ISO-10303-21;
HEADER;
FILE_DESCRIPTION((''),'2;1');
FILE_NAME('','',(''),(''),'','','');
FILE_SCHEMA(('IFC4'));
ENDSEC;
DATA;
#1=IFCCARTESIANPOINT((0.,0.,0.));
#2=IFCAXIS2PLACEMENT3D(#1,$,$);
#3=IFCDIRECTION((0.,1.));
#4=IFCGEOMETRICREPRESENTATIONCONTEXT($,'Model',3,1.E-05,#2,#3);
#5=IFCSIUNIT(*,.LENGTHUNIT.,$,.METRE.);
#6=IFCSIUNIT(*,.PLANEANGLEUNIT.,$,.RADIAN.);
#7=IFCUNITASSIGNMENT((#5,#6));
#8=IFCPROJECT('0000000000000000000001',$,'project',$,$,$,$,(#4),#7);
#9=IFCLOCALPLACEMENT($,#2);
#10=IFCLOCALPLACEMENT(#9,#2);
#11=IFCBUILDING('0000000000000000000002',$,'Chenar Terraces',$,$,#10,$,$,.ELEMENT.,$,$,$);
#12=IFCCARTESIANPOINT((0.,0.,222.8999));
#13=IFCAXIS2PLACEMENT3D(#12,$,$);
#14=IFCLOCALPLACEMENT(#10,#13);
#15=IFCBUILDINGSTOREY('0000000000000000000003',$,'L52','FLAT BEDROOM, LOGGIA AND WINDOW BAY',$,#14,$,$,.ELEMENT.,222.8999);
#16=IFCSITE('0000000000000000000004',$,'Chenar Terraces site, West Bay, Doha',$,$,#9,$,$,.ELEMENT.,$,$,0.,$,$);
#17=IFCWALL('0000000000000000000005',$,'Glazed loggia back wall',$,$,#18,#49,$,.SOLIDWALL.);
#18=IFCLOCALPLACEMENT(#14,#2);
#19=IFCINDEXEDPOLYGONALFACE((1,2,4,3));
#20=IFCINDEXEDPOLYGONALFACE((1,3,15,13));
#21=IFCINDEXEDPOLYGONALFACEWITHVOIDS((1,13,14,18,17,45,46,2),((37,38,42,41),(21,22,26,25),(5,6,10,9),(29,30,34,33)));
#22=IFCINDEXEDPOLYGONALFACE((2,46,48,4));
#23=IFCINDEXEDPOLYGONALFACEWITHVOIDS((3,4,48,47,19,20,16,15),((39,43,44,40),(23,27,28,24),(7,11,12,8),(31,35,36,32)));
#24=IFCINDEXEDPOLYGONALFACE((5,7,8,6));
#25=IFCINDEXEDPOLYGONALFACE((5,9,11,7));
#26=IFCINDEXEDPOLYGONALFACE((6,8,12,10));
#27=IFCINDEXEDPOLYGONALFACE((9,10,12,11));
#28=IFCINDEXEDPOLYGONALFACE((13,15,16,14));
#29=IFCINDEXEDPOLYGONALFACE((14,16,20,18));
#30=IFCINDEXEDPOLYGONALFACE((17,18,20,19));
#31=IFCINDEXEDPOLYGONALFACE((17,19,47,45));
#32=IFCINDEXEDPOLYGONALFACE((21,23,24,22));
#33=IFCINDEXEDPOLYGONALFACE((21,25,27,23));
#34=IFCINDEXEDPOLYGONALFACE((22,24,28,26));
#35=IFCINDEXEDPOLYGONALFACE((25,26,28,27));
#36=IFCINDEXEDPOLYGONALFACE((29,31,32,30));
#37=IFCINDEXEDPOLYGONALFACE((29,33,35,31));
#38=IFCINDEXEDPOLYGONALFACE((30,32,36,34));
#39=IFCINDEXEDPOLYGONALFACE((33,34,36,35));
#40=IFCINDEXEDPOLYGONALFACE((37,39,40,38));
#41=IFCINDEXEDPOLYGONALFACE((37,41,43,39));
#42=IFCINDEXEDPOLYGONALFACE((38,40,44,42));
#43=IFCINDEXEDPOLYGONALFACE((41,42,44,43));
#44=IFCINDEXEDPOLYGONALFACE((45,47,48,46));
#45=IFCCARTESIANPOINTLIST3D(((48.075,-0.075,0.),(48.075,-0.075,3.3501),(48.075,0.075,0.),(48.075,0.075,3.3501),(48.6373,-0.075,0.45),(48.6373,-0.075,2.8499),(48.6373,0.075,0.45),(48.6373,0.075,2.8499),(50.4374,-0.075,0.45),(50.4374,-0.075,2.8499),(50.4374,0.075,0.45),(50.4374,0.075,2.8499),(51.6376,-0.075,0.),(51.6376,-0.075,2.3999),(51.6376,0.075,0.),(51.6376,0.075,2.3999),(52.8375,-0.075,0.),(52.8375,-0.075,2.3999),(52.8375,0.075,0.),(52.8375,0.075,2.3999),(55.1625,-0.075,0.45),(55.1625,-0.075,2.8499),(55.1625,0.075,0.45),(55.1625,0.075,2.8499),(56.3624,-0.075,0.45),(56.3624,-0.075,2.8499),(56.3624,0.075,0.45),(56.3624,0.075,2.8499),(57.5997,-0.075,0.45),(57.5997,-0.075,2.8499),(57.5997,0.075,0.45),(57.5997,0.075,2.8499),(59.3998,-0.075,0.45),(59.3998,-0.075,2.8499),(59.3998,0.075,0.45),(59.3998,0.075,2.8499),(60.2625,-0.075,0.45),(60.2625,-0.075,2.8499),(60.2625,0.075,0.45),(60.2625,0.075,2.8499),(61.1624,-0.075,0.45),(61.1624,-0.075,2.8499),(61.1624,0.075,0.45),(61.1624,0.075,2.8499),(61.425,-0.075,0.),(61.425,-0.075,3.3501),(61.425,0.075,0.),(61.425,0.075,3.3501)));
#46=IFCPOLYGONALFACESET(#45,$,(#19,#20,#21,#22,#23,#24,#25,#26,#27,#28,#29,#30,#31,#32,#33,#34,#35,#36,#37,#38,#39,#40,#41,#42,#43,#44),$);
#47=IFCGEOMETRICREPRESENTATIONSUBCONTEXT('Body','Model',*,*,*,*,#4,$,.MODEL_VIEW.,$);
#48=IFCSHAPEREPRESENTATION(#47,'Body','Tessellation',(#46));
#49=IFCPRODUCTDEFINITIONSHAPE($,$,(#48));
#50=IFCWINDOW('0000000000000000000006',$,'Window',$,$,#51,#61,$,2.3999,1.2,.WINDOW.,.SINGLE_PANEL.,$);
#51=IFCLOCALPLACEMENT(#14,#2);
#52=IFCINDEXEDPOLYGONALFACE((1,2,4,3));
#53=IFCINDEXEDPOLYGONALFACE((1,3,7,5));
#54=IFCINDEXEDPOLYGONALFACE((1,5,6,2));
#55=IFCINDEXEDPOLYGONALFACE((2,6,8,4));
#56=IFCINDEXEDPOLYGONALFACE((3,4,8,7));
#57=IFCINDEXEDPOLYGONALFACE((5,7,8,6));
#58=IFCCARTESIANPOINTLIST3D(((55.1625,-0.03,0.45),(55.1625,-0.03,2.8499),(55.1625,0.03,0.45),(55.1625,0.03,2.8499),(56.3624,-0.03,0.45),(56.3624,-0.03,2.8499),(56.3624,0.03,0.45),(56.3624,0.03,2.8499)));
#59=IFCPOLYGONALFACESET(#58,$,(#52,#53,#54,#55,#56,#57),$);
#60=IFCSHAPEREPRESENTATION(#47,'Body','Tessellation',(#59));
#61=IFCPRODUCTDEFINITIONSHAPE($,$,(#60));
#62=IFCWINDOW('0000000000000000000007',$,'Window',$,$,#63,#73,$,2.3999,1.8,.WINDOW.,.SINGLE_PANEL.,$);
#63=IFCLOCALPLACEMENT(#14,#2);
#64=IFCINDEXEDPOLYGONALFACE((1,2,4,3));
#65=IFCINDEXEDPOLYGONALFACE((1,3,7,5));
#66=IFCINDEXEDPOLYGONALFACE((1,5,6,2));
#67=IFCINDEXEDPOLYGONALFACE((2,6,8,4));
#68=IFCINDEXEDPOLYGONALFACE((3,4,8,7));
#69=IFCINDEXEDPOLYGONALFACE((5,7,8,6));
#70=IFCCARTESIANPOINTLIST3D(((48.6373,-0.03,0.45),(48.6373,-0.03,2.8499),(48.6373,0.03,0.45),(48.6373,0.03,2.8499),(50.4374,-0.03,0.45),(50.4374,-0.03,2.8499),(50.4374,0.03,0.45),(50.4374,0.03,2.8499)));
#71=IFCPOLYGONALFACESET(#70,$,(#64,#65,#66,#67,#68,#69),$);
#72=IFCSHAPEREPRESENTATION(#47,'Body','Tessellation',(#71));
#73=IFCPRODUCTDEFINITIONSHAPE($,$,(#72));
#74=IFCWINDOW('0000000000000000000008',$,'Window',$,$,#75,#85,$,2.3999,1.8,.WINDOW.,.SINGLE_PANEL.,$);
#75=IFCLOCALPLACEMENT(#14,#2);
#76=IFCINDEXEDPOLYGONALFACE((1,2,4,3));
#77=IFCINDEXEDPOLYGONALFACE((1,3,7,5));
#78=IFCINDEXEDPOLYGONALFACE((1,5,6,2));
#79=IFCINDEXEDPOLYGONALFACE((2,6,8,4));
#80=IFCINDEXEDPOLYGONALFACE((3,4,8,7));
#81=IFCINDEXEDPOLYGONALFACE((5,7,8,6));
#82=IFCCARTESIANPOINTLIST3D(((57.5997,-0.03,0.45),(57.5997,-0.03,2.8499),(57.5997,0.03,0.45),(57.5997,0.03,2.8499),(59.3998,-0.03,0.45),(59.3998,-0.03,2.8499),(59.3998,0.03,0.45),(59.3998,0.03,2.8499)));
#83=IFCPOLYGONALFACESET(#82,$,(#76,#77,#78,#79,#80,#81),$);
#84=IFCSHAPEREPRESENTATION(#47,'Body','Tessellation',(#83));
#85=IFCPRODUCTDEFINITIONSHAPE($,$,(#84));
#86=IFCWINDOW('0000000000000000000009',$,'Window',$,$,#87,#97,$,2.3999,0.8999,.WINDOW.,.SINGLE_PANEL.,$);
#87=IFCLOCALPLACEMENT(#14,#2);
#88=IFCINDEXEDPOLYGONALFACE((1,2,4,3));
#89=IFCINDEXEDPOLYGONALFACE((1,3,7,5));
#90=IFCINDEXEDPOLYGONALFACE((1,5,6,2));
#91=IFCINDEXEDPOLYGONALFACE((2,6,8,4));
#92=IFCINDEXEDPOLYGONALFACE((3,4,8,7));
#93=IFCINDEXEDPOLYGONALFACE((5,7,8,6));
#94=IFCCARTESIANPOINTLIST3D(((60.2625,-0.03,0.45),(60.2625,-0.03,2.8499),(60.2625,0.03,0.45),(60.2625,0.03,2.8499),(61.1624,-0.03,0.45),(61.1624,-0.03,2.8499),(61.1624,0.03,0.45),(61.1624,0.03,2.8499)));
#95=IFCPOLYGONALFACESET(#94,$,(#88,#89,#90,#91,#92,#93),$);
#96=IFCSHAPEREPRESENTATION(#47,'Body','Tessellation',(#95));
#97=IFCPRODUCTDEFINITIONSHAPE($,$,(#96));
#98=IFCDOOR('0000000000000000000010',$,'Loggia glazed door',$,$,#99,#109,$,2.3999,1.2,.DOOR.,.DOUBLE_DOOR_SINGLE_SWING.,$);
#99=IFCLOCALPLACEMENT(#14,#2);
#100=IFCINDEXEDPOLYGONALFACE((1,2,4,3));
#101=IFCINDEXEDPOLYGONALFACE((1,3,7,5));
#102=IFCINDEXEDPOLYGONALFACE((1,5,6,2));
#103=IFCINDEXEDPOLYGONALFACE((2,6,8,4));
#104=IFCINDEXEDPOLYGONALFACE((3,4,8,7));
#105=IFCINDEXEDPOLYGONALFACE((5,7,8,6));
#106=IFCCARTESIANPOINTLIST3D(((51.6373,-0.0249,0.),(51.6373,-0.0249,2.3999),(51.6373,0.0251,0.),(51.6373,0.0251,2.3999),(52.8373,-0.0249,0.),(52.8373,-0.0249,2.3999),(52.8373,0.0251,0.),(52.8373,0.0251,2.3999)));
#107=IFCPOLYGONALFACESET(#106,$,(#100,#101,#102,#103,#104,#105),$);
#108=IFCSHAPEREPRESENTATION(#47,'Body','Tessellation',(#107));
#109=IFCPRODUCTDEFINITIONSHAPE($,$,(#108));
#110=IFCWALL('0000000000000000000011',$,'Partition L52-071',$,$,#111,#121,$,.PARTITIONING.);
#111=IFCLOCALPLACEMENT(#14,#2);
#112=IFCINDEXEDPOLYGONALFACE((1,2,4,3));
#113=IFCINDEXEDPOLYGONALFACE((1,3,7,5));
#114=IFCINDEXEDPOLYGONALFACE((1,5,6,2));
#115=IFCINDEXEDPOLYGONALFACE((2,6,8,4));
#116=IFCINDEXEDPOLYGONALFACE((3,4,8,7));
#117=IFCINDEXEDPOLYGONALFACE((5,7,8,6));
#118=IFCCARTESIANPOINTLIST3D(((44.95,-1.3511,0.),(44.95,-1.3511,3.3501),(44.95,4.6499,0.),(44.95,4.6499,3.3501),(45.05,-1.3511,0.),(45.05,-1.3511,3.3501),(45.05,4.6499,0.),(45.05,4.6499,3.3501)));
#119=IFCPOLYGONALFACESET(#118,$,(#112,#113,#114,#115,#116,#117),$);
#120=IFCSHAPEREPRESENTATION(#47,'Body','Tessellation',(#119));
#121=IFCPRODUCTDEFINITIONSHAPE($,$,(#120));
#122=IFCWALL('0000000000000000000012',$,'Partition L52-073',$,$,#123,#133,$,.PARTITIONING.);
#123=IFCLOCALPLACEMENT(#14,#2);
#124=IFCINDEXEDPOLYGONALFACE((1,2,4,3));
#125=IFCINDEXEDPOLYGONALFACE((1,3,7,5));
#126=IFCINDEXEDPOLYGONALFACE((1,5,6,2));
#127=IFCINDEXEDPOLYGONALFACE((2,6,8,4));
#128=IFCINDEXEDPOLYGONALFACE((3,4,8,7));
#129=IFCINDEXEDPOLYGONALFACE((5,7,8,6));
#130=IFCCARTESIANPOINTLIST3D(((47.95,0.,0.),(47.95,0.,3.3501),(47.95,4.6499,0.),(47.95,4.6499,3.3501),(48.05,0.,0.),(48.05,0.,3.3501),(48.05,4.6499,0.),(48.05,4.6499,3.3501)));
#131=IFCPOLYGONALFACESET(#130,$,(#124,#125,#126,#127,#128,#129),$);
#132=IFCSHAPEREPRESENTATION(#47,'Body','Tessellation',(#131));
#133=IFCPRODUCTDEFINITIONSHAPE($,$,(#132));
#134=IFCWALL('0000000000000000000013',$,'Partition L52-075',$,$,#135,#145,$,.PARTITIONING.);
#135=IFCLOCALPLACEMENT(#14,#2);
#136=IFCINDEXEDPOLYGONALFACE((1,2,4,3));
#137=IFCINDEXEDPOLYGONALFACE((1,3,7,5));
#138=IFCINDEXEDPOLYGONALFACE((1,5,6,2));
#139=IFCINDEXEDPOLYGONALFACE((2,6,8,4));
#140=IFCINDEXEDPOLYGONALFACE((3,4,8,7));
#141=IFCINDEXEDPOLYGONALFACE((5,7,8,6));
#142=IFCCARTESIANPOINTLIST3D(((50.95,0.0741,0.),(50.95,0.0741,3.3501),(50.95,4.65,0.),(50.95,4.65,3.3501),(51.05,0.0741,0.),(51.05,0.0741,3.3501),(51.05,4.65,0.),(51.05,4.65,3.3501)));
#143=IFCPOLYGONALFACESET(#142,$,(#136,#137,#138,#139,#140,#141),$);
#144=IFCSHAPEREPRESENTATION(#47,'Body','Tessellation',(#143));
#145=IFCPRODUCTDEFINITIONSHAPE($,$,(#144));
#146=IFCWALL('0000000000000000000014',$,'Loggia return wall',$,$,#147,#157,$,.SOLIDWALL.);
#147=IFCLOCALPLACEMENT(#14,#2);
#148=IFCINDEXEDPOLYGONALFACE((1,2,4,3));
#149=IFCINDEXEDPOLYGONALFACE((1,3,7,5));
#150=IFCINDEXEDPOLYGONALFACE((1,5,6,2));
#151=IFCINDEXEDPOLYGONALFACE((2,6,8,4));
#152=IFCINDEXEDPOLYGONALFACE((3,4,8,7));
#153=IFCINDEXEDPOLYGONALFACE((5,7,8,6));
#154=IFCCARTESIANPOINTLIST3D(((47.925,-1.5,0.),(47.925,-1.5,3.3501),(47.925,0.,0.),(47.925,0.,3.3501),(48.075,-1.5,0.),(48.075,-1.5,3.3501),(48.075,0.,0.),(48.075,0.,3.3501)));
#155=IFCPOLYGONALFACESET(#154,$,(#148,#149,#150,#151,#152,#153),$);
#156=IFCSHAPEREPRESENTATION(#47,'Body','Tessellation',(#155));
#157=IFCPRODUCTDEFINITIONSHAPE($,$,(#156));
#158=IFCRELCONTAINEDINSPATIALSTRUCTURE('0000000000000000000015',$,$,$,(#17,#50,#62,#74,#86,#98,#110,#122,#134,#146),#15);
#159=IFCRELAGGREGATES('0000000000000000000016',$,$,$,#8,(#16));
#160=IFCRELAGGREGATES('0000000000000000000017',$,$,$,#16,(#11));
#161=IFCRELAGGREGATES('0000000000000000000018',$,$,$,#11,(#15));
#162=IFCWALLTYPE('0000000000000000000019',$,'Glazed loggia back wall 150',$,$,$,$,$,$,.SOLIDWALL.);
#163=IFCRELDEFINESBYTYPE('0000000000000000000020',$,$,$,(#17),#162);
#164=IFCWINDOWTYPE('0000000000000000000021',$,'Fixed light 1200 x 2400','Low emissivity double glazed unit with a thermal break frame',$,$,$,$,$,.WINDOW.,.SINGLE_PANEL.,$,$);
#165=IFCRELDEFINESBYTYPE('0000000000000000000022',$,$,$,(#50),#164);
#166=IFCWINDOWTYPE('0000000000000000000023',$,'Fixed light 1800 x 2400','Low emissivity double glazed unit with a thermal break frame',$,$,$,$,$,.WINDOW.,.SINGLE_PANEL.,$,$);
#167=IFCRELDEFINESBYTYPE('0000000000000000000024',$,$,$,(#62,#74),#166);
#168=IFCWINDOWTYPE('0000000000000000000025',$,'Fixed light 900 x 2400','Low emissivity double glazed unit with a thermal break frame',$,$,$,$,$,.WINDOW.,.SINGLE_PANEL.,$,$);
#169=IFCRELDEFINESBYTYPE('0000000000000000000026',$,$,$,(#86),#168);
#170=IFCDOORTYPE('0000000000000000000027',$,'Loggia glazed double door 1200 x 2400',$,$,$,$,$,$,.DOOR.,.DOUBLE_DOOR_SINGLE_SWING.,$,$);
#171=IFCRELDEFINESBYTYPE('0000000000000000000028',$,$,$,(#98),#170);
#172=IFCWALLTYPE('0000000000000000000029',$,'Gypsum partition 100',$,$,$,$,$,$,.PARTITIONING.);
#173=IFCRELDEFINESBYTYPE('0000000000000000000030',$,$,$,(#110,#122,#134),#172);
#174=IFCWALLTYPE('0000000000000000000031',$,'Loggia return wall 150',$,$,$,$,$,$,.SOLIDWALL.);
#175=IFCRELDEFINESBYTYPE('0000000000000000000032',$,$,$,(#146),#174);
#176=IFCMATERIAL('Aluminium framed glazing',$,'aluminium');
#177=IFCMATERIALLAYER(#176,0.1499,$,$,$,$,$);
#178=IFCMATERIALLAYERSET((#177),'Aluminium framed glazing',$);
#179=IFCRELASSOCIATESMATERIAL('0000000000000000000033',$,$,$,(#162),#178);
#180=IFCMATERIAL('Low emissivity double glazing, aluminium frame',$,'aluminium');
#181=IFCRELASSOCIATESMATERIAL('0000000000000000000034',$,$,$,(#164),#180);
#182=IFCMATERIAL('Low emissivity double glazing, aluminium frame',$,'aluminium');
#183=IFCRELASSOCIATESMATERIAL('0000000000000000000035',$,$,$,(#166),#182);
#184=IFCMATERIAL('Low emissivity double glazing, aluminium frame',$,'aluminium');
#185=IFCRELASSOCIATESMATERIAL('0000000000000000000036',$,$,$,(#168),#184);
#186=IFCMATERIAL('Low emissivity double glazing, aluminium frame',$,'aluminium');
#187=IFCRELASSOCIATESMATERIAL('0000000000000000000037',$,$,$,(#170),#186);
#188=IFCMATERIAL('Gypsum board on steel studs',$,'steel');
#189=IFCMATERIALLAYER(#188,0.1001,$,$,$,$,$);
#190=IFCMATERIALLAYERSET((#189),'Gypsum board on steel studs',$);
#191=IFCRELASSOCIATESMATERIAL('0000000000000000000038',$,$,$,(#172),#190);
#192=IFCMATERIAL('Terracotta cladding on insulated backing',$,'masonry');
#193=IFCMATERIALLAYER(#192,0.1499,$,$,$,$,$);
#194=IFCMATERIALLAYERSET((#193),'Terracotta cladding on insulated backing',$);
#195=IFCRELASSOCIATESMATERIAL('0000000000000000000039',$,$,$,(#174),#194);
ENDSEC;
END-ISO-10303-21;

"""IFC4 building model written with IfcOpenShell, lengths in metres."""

from ifc_helpers import new_model, si_unit, direction, frame, frame_2d, origin, place, context, subcontext, project, spatial, rectangle, extrude, material, layer, layer_set, type_object, element, fill, save


model = new_model("IFC4")

# Units and contexts
model_context = context("Model", 3, precision=1e-05, world=origin(), true_north=direction((0.0, 1.0)))
body_context = subcontext(model_context, "Body", "Model", "MODEL_VIEW")
ifc_project = project(units=[si_unit("LENGTHUNIT", "METRE"), si_unit("PLANEANGLEUNIT", "RADIAN")], contexts=[model_context])

# Site, building, storey
site_placement = place(None, origin())
site = spatial("IfcSite", under=ifc_project, at=site_placement, Name="Chenar Terraces site, West Bay, Doha", CompositionType="ELEMENT", RefElevation=0.0)
building_placement = place(site_placement, origin())
building = spatial("IfcBuilding", under=site, at=building_placement, Name="Chenar Terraces", CompositionType="ELEMENT")
storey_placement = place(building_placement, frame((0.0, 0.0, 222.8999)))
storey = spatial("IfcBuildingStorey", under=building, at=storey_placement, Name="L52", Description="FLAT BEDROOM, LOGGIA AND WINDOW BAY", CompositionType="ELEMENT", Elevation=222.8999)

# Wall, openings, windows, door
ifc_material_1 = material(Name="Aluminium framed glazing", Category="aluminium")
ifc_layer_1 = layer(ifc_material_1, 0.1499)
ifc_layer_set_1 = layer_set([ifc_layer_1], Name="Aluminium framed glazing")
wall_type_1 = type_object("IfcWallType", Name="Glazed loggia back wall 150", PredefinedType="SOLIDWALL", material=ifc_layer_set_1)
wall_1_placement = place(storey_placement, frame((48.075, 0.0, 0.0), z_axis=(0.0, 0.0, 1.0), x_axis=(1.0, 0.0, 0.0)))
wall_1 = element("IfcWall", 1, at=wall_1_placement, inside=storey, type_object=wall_type_1, Name="Glazed loggia back wall", PredefinedType="SOLIDWALL", context=body_context, shape_type="SweptSolid", body=[
    extrude(rectangle(XDim=13.3501, YDim=0.1499, at=frame_2d((6.675, 0.0))), origin(), (0.0, 0.0, 1.0), 3.3501),
])
opening_1_placement = place(wall_1_placement, frame((0.5625, 0.0, 0.45)))
opening_1 = element("IfcOpeningElement", 2, at=opening_1_placement, cuts=wall_1, PredefinedType="OPENING", context=body_context, shape_type="SweptSolid", body=[
    extrude(rectangle(XDim=1.8, YDim=2.3999, at=frame_2d((0.8999, 1.2))), frame((0.0, 0.085, 0.0), z_axis=(0.0, -1.0, 0.0), x_axis=(1.0, 0.0, 0.0)), (0.0, 0.0, 1.0), 0.1699),
])
opening_2_placement = place(wall_1_placement, frame((3.5625, 0.0, 0.0)))
opening_2 = element("IfcOpeningElement", 3, at=opening_2_placement, cuts=wall_1, PredefinedType="OPENING", context=body_context, shape_type="SweptSolid", body=[
    extrude(rectangle(XDim=1.2, YDim=2.3999, at=frame_2d((0.6001, 1.2))), frame((0.0, 0.085, 0.0), z_axis=(0.0, -1.0, 0.0), x_axis=(1.0, 0.0, 0.0)), (0.0, 0.0, 1.0), 0.1699),
])
opening_3_placement = place(wall_1_placement, frame((7.0874, 0.0, 0.45)))
opening_3 = element("IfcOpeningElement", 4, at=opening_3_placement, cuts=wall_1, PredefinedType="OPENING", context=body_context, shape_type="SweptSolid", body=[
    extrude(rectangle(XDim=1.2, YDim=2.3999, at=frame_2d((0.6001, 1.2))), frame((0.0, 0.085, 0.0), z_axis=(0.0, -1.0, 0.0), x_axis=(1.0, 0.0, 0.0)), (0.0, 0.0, 1.0), 0.1699),
])
opening_4_placement = place(wall_1_placement, frame((9.5249, 0.0, 0.45)))
opening_4 = element("IfcOpeningElement", 5, at=opening_4_placement, cuts=wall_1, PredefinedType="OPENING", context=body_context, shape_type="SweptSolid", body=[
    extrude(rectangle(XDim=1.8, YDim=2.3999, at=frame_2d((0.8999, 1.2))), frame((0.0, 0.085, 0.0), z_axis=(0.0, -1.0, 0.0), x_axis=(1.0, 0.0, 0.0)), (0.0, 0.0, 1.0), 0.1699),
])
opening_5_placement = place(wall_1_placement, frame((12.1875, 0.0, 0.45)))
opening_5 = element("IfcOpeningElement", 6, at=opening_5_placement, cuts=wall_1, PredefinedType="OPENING", context=body_context, shape_type="SweptSolid", body=[
    extrude(rectangle(XDim=0.8999, YDim=2.3999, at=frame_2d((0.45, 1.2))), frame((0.0, 0.085, 0.0), z_axis=(0.0, -1.0, 0.0), x_axis=(1.0, 0.0, 0.0)), (0.0, 0.0, 1.0), 0.1699),
])
ifc_material_2 = material(Name="Low emissivity double glazing, aluminium frame", Category="aluminium")
window_type_1 = type_object("IfcWindowType", Name="Fixed light 1200 x 2400", Description="Low emissivity double glazed unit with a thermal break frame", PartitioningType="SINGLE_PANEL", PredefinedType="WINDOW", material=ifc_material_2)
window_1_placement = place(opening_3_placement, origin())
window_1 = element("IfcWindow", 7, at=window_1_placement, inside=storey, type_object=window_type_1, Name="Window", OverallHeight=2.3999, OverallWidth=1.2, PartitioningType="SINGLE_PANEL", PredefinedType="WINDOW", context=body_context, shape_type="SweptSolid", body=[
    extrude(rectangle(XDim=1.2, YDim=2.3999, at=frame_2d((0.6001, 1.2))), frame((0.0, 0.03, 0.0), z_axis=(0.0, -1.0, 0.0), x_axis=(1.0, 0.0, 0.0)), (0.0, 0.0, 1.0), 0.0601),
])
fill(opening_3, window_1)
ifc_material_3 = material(Name="Low emissivity double glazing, aluminium frame", Category="aluminium")
window_type_2 = type_object("IfcWindowType", Name="Fixed light 1800 x 2400", Description="Low emissivity double glazed unit with a thermal break frame", PartitioningType="SINGLE_PANEL", PredefinedType="WINDOW", material=ifc_material_3)
window_2_placement = place(opening_1_placement, origin())
window_2 = element("IfcWindow", 8, at=window_2_placement, inside=storey, type_object=window_type_2, Name="Window", OverallHeight=2.3999, OverallWidth=1.8, PartitioningType="SINGLE_PANEL", PredefinedType="WINDOW", context=body_context, shape_type="SweptSolid", body=[
    extrude(rectangle(XDim=1.8, YDim=2.3999, at=frame_2d((0.8999, 1.2))), frame((0.0, 0.03, 0.0), z_axis=(0.0, -1.0, 0.0), x_axis=(1.0, 0.0, 0.0)), (0.0, 0.0, 1.0), 0.0601),
])
fill(opening_1, window_2)
window_3_placement = place(opening_4_placement, origin())
window_3 = element("IfcWindow", 9, at=window_3_placement, inside=storey, type_object=window_type_2, Name="Window", OverallHeight=2.3999, OverallWidth=1.8, PartitioningType="SINGLE_PANEL", PredefinedType="WINDOW", context=body_context, shape_type="SweptSolid", body=[
    extrude(rectangle(XDim=1.8, YDim=2.3999, at=frame_2d((0.8999, 1.2))), frame((0.0, 0.03, 0.0), z_axis=(0.0, -1.0, 0.0), x_axis=(1.0, 0.0, 0.0)), (0.0, 0.0, 1.0), 0.0601),
])
fill(opening_4, window_3)
ifc_material_4 = material(Name="Low emissivity double glazing, aluminium frame", Category="aluminium")
window_type_3 = type_object("IfcWindowType", Name="Fixed light 900 x 2400", Description="Low emissivity double glazed unit with a thermal break frame", PartitioningType="SINGLE_PANEL", PredefinedType="WINDOW", material=ifc_material_4)
window_4_placement = place(opening_5_placement, origin())
window_4 = element("IfcWindow", 10, at=window_4_placement, inside=storey, type_object=window_type_3, Name="Window", OverallHeight=2.3999, OverallWidth=0.8999, PartitioningType="SINGLE_PANEL", PredefinedType="WINDOW", context=body_context, shape_type="SweptSolid", body=[
    extrude(rectangle(XDim=0.8999, YDim=2.3999, at=frame_2d((0.45, 1.2))), frame((0.0, 0.03, 0.0), z_axis=(0.0, -1.0, 0.0), x_axis=(1.0, 0.0, 0.0)), (0.0, 0.0, 1.0), 0.0601),
])
fill(opening_5, window_4)
ifc_material_5 = material(Name="Low emissivity double glazing, aluminium frame", Category="aluminium")
door_type_1 = type_object("IfcDoorType", Name="Loggia glazed double door 1200 x 2400", OperationType="DOUBLE_DOOR_SINGLE_SWING", PredefinedType="DOOR", material=ifc_material_5)
door_1_placement = place(opening_2_placement, frame((1.2, 0.0, 0.0), z_axis=(0.0, 0.0, 1.0), x_axis=(-1.0, 0.0, 0.0)))
door_1 = element("IfcDoor", 11, at=door_1_placement, inside=storey, type_object=door_type_1, Name="Loggia glazed door", OperationType="DOUBLE_DOOR_SINGLE_SWING", OverallHeight=2.3999, OverallWidth=1.2, PredefinedType="DOOR", context=body_context, shape_type="SweptSolid", body=[
    extrude(rectangle(XDim=1.2, YDim=2.3999, at=frame_2d((0.6001, 1.2))), frame((0.0, 0.0249, 0.0), z_axis=(0.0, -1.0, 0.0), x_axis=(1.0, 0.0, 0.0)), (0.0, 0.0, 1.0), 0.05),
])
fill(opening_2, door_1)

# Walls
ifc_material_6 = material(Name="Gypsum board on steel studs", Category="steel")
ifc_layer_2 = layer(ifc_material_6, 0.1001)
ifc_layer_set_2 = layer_set([ifc_layer_2], Name="Gypsum board on steel studs")
wall_type_2 = type_object("IfcWallType", Name="Gypsum partition 100", PredefinedType="PARTITIONING", material=ifc_layer_set_2)
wall_2_placement = place(storey_placement, frame((45.0, -1.3511, 0.0), z_axis=(0.0, 0.0, 1.0), x_axis=(0.0, 1.0, 0.0)))
element("IfcWall", 12, at=wall_2_placement, inside=storey, type_object=wall_type_2, Name="Partition L52-071", PredefinedType="PARTITIONING", context=body_context, shape_type="SweptSolid", body=[
    extrude(rectangle(XDim=6.001, YDim=0.1001, at=frame_2d((3.0005, 0.0))), origin(), (0.0, 0.0, 1.0), 3.3501),
])
wall_3_placement = place(storey_placement, frame((48.0, 0.0, 0.0), z_axis=(0.0, 0.0, 1.0), x_axis=(0.0, 1.0, 0.0)))
element("IfcWall", 13, at=wall_3_placement, inside=storey, type_object=wall_type_2, Name="Partition L52-073", PredefinedType="PARTITIONING", context=body_context, shape_type="SweptSolid", body=[
    extrude(rectangle(XDim=4.6499, YDim=0.1001, at=frame_2d((2.325, 0.0))), origin(), (0.0, 0.0, 1.0), 3.3501),
])
wall_4_placement = place(storey_placement, frame((51.0, 0.074, 0.0), z_axis=(0.0, 0.0, 1.0), x_axis=(0.0, 1.0, 0.0)))
element("IfcWall", 14, at=wall_4_placement, inside=storey, type_object=wall_type_2, Name="Partition L52-075", PredefinedType="PARTITIONING", context=body_context, shape_type="SweptSolid", body=[
    extrude(rectangle(XDim=4.5759, YDim=0.1001, at=frame_2d((2.2881, 0.0))), origin(), (0.0, 0.0, 1.0), 3.3501),
])
ifc_material_7 = material(Name="Terracotta cladding on insulated backing", Category="masonry")
ifc_layer_3 = layer(ifc_material_7, 0.1499)
ifc_layer_set_3 = layer_set([ifc_layer_3], Name="Terracotta cladding on insulated backing")
wall_type_3 = type_object("IfcWallType", Name="Loggia return wall 150", PredefinedType="SOLIDWALL", material=ifc_layer_set_3)
wall_5_placement = place(storey_placement, frame((48.0, -1.5, 0.0), z_axis=(0.0, 0.0, 1.0), x_axis=(0.0, 1.0, 0.0)))
element("IfcWall", 15, at=wall_5_placement, inside=storey, type_object=wall_type_3, Name="Loggia return wall", PredefinedType="SOLIDWALL", context=body_context, shape_type="SweptSolid", body=[
    extrude(rectangle(XDim=1.5, YDim=0.1499, at=frame_2d((0.75, 0.0))), origin(), (0.0, 0.0, 1.0), 3.3501),
])

save(model, "model.ifc")
